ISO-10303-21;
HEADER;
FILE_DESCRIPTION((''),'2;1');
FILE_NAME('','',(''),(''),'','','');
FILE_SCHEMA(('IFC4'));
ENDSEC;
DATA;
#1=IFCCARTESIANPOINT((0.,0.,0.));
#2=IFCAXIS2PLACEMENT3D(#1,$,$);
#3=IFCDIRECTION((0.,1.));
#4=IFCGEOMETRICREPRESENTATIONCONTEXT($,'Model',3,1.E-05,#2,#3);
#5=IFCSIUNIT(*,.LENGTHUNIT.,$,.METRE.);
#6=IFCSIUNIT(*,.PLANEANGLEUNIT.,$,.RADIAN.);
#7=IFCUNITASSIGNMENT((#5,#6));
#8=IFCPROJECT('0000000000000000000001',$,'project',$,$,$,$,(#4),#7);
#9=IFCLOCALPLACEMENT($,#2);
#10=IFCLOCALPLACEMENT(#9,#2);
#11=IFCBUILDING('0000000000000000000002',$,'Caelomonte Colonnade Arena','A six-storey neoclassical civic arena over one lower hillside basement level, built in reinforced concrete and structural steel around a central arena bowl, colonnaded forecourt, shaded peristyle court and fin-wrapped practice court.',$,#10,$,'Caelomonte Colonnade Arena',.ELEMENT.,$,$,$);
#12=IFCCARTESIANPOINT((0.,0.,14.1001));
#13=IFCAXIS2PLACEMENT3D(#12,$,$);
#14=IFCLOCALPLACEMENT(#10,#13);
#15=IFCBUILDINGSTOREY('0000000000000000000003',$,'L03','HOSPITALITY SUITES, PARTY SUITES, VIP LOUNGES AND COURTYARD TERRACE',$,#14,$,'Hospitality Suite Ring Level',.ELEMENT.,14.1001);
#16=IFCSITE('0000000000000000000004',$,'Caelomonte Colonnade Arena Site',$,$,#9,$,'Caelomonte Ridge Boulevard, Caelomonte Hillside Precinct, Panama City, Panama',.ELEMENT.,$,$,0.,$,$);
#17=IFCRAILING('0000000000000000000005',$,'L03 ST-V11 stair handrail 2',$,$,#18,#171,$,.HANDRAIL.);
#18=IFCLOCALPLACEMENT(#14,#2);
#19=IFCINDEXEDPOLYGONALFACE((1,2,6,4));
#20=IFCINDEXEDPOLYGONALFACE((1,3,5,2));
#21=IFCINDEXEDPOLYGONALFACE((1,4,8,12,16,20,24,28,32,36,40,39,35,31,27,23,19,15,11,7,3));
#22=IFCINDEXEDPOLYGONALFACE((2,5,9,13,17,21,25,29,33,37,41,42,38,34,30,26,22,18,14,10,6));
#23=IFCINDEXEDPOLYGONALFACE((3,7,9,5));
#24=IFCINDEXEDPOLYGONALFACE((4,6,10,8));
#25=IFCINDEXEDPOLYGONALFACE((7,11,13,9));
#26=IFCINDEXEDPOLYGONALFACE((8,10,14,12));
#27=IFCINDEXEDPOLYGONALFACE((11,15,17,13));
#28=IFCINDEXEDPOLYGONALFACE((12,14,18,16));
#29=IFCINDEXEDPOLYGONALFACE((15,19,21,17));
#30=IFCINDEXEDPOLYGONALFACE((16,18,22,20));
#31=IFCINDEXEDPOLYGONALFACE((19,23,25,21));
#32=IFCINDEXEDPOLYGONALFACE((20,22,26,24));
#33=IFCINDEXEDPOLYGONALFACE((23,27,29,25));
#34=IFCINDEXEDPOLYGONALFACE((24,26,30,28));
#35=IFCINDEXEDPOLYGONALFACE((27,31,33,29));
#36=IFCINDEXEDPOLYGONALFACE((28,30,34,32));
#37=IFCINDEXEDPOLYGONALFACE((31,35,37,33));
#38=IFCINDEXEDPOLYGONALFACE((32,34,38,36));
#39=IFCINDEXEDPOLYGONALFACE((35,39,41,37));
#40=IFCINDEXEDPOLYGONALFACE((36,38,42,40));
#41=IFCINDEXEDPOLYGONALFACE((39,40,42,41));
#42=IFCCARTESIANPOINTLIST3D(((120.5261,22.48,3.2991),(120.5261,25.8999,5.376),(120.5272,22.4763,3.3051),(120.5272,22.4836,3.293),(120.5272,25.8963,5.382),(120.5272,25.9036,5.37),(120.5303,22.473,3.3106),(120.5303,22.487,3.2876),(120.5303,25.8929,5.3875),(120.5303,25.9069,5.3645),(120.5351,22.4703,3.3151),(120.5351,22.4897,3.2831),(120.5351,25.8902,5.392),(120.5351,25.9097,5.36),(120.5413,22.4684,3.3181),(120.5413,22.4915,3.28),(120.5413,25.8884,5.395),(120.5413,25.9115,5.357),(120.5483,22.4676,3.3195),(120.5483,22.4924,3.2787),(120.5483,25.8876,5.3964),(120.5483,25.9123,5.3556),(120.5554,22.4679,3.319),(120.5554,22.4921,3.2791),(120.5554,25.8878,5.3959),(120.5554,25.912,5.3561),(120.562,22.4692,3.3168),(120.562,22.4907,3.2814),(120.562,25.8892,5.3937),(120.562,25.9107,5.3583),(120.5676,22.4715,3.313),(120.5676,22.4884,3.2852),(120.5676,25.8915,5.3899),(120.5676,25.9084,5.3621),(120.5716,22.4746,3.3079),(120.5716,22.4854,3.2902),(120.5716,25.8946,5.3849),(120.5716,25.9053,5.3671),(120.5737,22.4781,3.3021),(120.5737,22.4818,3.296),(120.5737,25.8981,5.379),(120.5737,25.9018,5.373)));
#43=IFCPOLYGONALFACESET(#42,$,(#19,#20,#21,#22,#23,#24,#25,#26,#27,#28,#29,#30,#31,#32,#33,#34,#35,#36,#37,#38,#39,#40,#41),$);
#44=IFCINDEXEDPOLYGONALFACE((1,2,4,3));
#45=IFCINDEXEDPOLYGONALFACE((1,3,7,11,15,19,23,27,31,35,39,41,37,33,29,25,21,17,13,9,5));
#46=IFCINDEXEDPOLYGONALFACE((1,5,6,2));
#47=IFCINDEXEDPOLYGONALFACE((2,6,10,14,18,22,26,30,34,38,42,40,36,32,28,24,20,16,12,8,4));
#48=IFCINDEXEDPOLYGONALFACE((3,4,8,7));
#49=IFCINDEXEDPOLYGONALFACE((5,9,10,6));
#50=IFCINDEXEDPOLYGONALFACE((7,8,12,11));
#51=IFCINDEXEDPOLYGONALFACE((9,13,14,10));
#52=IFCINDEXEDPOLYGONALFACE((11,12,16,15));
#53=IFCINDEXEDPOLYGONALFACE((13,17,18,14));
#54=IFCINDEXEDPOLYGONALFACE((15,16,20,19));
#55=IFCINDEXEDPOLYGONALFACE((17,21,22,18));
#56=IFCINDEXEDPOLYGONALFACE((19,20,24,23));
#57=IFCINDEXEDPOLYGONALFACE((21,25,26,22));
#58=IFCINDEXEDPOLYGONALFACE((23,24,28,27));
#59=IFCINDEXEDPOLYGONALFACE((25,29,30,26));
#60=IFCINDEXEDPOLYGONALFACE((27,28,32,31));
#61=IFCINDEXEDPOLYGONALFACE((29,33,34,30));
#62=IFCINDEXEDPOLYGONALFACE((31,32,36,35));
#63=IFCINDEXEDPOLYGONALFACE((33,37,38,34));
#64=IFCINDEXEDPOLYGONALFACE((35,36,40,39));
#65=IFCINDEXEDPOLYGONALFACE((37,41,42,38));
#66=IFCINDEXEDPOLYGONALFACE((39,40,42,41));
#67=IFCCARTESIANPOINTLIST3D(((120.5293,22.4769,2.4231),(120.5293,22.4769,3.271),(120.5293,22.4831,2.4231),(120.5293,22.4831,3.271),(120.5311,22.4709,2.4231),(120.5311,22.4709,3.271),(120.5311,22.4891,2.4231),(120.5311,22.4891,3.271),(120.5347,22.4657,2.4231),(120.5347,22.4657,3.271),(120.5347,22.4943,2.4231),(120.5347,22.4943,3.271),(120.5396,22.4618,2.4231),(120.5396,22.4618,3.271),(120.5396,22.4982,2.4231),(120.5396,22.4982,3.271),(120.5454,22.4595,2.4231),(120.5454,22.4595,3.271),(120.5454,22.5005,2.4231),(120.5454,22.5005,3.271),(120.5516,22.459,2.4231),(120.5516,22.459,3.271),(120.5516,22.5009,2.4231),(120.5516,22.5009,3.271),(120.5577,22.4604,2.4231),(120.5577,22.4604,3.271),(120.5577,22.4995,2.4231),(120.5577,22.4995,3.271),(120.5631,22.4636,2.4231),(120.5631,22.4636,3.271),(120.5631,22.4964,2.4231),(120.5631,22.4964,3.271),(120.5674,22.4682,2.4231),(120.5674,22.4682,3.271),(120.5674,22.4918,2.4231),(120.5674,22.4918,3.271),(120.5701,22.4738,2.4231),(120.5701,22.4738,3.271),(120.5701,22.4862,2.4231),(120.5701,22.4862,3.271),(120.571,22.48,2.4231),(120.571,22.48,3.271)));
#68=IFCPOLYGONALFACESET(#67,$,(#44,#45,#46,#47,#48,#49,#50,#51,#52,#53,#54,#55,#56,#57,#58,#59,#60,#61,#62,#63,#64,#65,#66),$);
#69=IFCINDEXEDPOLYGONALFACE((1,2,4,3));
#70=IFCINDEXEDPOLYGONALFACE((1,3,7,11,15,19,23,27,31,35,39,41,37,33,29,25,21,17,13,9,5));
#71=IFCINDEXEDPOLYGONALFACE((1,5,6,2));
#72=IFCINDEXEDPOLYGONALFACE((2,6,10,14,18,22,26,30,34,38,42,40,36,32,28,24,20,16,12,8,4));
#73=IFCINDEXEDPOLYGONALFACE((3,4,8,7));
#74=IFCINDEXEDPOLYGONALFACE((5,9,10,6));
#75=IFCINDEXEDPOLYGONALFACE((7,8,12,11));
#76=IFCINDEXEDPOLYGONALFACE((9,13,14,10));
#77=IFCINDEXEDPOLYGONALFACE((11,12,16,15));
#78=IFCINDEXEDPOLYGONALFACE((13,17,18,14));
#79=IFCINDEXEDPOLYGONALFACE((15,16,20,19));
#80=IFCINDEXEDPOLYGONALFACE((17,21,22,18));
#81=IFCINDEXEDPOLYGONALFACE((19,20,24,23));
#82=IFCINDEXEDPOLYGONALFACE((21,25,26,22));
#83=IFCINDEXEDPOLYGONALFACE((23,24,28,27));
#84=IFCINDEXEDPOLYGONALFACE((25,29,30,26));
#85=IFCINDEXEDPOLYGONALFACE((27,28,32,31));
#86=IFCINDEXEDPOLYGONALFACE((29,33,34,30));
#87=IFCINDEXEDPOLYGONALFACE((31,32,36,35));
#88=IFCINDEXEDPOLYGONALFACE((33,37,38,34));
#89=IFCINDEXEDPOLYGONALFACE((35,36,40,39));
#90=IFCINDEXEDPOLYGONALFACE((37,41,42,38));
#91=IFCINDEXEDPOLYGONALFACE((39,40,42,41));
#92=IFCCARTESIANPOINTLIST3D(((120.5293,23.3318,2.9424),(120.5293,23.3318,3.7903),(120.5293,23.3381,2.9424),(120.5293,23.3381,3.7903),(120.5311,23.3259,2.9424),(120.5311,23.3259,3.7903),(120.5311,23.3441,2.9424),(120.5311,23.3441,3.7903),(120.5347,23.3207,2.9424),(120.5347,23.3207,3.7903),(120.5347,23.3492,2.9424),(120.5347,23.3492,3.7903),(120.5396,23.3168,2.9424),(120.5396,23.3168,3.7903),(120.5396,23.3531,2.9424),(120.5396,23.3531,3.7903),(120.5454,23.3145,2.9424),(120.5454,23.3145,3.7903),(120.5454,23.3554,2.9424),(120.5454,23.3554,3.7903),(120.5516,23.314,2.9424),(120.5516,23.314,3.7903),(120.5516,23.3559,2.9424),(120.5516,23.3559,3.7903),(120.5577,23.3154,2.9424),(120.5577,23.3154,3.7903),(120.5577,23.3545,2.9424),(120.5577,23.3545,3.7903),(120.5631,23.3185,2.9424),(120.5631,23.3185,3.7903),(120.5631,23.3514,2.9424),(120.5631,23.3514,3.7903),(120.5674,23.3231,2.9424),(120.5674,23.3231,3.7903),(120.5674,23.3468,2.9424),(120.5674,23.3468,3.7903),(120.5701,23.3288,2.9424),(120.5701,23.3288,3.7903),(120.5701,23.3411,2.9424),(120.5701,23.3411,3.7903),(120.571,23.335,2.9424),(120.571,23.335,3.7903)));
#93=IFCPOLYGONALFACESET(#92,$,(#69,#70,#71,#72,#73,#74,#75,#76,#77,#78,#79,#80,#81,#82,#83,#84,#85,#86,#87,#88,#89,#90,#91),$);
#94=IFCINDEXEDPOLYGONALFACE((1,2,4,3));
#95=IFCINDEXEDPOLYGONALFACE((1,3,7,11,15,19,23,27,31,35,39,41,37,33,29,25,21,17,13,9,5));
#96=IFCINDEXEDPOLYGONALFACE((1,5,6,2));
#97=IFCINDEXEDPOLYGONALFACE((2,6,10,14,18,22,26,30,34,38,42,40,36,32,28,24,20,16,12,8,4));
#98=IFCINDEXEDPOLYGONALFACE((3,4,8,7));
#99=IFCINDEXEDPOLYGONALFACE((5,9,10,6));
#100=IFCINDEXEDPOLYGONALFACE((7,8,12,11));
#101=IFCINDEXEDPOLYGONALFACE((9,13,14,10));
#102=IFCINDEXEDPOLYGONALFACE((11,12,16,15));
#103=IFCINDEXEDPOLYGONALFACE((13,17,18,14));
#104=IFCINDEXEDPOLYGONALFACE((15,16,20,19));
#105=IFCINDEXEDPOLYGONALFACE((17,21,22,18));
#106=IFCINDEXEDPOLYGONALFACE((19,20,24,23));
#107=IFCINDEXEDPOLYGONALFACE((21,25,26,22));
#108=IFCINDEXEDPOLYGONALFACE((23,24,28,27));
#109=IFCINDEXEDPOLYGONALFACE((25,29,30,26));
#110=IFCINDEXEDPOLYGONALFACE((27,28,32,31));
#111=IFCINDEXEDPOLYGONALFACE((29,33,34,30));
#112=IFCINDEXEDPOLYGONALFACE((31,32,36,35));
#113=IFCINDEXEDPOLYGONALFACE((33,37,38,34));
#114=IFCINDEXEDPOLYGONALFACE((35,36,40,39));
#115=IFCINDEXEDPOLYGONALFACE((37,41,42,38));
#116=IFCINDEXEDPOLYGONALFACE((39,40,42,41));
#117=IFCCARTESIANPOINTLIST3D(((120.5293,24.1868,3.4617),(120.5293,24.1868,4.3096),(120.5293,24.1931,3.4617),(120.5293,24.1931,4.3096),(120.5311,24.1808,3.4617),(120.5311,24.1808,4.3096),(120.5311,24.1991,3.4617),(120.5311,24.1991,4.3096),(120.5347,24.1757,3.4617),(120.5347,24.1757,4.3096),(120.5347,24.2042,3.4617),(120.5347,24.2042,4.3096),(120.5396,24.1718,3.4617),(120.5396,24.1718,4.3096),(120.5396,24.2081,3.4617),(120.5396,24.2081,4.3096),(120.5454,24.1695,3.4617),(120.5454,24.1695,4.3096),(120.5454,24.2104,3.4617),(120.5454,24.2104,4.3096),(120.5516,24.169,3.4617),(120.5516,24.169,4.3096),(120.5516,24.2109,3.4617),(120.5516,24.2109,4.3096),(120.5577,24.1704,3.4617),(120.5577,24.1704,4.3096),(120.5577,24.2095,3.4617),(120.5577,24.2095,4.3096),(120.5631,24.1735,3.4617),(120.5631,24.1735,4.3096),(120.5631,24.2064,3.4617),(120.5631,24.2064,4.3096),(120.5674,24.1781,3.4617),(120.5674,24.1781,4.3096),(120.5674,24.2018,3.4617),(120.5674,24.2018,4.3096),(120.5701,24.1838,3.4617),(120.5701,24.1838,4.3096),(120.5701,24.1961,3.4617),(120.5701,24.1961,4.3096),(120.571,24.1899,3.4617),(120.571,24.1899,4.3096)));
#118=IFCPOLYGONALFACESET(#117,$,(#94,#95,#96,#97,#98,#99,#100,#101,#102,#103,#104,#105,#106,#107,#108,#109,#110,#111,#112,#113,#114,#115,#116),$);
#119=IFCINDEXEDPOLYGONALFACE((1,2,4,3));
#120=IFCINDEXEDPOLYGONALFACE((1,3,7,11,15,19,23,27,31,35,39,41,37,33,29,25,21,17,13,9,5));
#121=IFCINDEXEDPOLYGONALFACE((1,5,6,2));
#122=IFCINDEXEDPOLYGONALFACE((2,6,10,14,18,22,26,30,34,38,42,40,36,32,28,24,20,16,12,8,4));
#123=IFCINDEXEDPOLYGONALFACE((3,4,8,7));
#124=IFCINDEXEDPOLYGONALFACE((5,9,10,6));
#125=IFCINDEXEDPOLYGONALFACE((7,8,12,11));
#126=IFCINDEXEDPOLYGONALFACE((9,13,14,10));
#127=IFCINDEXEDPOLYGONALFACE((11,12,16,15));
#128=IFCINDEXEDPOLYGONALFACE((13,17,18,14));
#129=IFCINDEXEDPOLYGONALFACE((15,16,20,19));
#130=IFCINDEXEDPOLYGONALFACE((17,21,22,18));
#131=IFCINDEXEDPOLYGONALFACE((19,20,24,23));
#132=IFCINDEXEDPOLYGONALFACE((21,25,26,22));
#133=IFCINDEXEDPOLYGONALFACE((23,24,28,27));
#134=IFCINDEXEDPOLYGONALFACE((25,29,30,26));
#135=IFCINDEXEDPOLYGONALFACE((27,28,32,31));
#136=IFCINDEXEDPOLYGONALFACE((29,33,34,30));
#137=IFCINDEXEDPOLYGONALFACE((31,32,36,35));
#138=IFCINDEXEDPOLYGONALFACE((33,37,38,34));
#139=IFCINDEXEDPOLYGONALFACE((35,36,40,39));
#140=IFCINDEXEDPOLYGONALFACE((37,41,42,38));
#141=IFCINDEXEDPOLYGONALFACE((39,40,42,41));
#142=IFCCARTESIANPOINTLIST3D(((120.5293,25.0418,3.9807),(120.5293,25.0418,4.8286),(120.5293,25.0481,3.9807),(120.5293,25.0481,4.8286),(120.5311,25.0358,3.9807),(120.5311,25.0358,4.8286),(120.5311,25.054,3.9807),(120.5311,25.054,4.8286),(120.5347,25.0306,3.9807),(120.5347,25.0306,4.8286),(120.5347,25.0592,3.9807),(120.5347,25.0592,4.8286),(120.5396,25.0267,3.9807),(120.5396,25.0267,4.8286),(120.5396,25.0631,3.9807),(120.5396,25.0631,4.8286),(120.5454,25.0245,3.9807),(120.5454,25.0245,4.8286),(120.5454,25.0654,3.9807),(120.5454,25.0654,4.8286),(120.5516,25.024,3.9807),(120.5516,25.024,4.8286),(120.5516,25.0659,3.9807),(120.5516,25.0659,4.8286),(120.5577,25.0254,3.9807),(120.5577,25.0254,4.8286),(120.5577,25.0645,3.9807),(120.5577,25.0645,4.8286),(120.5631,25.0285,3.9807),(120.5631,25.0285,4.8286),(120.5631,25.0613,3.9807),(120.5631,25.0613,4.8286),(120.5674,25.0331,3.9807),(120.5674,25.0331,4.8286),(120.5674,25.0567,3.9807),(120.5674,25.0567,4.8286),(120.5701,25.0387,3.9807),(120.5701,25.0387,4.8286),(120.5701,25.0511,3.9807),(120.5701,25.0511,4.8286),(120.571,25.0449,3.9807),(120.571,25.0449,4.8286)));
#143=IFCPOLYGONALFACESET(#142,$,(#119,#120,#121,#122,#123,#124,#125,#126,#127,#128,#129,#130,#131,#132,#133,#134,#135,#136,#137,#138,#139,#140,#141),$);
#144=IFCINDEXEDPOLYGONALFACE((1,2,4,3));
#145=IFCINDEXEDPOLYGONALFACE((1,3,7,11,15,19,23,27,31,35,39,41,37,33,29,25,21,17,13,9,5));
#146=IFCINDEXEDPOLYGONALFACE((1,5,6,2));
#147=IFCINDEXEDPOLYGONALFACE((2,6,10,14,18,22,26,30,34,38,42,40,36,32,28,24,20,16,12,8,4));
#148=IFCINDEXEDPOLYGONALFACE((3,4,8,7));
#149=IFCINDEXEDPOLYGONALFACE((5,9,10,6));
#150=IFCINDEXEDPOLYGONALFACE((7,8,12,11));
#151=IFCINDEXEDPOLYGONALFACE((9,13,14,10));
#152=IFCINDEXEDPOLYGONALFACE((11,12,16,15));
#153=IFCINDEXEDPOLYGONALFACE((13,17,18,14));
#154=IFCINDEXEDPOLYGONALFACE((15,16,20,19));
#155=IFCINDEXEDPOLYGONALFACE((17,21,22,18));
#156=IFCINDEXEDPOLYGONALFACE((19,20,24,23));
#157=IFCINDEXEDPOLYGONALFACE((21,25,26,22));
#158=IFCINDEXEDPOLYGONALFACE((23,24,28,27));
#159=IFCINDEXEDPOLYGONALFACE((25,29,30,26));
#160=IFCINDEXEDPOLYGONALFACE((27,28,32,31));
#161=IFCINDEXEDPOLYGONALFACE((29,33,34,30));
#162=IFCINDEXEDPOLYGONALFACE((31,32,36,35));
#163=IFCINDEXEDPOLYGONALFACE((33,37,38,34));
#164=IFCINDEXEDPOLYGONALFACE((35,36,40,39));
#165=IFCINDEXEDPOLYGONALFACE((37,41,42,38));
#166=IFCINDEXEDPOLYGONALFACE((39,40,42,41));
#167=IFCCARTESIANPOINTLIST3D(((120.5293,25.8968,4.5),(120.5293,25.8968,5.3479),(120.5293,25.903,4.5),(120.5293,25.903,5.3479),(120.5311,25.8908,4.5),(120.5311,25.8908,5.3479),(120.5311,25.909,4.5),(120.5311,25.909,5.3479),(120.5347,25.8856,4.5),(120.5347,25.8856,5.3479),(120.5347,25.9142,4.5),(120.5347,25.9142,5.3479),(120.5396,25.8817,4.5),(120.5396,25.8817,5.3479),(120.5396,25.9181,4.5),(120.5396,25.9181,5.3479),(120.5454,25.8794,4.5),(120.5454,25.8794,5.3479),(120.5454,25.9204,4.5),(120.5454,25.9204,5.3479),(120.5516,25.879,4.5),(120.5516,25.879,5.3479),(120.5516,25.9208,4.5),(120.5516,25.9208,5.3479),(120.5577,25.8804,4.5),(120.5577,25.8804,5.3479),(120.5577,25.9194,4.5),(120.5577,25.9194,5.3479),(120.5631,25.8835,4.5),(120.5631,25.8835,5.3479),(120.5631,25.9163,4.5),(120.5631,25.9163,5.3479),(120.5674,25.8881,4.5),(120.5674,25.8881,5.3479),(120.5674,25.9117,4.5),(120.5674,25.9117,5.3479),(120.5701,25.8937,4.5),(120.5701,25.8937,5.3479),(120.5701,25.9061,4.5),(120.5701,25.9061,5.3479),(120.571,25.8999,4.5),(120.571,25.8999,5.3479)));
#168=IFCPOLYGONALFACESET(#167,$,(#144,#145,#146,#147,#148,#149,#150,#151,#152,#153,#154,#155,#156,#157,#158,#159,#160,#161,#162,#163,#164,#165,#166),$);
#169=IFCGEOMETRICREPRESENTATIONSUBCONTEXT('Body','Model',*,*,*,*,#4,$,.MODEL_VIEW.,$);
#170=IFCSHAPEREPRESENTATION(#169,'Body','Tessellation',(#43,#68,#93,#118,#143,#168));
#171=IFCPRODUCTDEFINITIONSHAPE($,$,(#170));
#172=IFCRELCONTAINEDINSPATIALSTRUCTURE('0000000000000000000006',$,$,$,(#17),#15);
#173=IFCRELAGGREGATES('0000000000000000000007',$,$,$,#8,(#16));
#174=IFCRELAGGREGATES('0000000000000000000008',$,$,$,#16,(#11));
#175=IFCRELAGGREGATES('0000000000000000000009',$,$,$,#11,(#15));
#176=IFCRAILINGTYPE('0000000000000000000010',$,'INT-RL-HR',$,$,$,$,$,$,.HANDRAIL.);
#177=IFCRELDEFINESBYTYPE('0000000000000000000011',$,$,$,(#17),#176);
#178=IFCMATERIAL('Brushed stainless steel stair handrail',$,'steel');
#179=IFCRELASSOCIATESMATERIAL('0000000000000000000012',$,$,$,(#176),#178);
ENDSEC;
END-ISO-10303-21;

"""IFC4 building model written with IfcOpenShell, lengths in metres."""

from ifc_helpers import new_model, si_unit, direction, frame, origin, origin_2d, place, context, subcontext, project, spatial, circle, extrude, material, type_object, element, save


model = new_model("IFC4")

# Units and contexts
model_context = context("Model", 3, precision=1e-05, world=origin(), true_north=direction((0.0, 1.0)))
body_context = subcontext(model_context, "Body", "Model", "MODEL_VIEW")
ifc_project = project(units=[si_unit("LENGTHUNIT", "METRE"), si_unit("PLANEANGLEUNIT", "RADIAN")], contexts=[model_context])

# Site, building, storey
site_placement = place(None, origin())
site = spatial("IfcSite", under=ifc_project, at=site_placement, Name="Caelomonte Colonnade Arena Site", LongName="Caelomonte Ridge Boulevard, Caelomonte Hillside Precinct, Panama City, Panama", CompositionType="ELEMENT", RefElevation=0.0)
building_placement = place(site_placement, origin())
building = spatial("IfcBuilding", under=site, at=building_placement, Name="Caelomonte Colonnade Arena", Description="A six-storey neoclassical civic arena over one lower hillside basement level, built in reinforced concrete and structural steel around a central arena bowl, colonnaded forecourt, shaded peristyle court and fin-wrapped practice court.", LongName="Caelomonte Colonnade Arena", CompositionType="ELEMENT")
storey_placement = place(building_placement, frame((0.0, 0.0, 14.1001)))
storey = spatial("IfcBuildingStorey", under=building, at=storey_placement, Name="L03", Description="HOSPITALITY SUITES, PARTY SUITES, VIP LOUNGES AND COURTYARD TERRACE", LongName="Hospitality Suite Ring Level", CompositionType="ELEMENT", Elevation=14.1001)

# Railing
ifc_material_1 = material(Name="Brushed stainless steel stair handrail", Category="steel")
railing_type_1 = type_object("IfcRailingType", Name="INT-RL-HR", PredefinedType="HANDRAIL", material=ifc_material_1)
railing_1_placement = place(storey_placement, frame((120.55, 22.48, 2.4231)))
element("IfcRailing", 1, at=railing_1_placement, inside=storey, type_object=railing_type_1, Name="L03 ST-V11 stair handrail 2", PredefinedType="HANDRAIL", context=body_context, shape_type="SweptSolid", body=[
    extrude(circle(Radius=0.0239, at=origin_2d()), frame((0.0, 0.0, 0.876), z_axis=(0.0, 0.85473, 0.519074), x_axis=(-1.0, 0.0, 0.0)), (0.0, 0.0, 1.0), 4.0012),
    extrude(circle(Radius=0.021, at=origin_2d()), origin(), (0.0, 0.0, 1.0), 0.8479),
    extrude(circle(Radius=0.021, at=origin_2d()), frame((0.0, 0.855, 0.5193)), (0.0, 0.0, 1.0), 0.8479),
    extrude(circle(Radius=0.021, at=origin_2d()), frame((0.0, 1.71, 1.0386)), (0.0, 0.0, 1.0), 0.8479),
    extrude(circle(Radius=0.021, at=origin_2d()), frame((0.0, 2.5649, 1.5576)), (0.0, 0.0, 1.0), 0.8479),
    extrude(circle(Radius=0.021, at=origin_2d()), frame((0.0, 3.4199, 2.0769)), (0.0, 0.0, 1.0), 0.8479),
])

save(model, "model.ifc")
